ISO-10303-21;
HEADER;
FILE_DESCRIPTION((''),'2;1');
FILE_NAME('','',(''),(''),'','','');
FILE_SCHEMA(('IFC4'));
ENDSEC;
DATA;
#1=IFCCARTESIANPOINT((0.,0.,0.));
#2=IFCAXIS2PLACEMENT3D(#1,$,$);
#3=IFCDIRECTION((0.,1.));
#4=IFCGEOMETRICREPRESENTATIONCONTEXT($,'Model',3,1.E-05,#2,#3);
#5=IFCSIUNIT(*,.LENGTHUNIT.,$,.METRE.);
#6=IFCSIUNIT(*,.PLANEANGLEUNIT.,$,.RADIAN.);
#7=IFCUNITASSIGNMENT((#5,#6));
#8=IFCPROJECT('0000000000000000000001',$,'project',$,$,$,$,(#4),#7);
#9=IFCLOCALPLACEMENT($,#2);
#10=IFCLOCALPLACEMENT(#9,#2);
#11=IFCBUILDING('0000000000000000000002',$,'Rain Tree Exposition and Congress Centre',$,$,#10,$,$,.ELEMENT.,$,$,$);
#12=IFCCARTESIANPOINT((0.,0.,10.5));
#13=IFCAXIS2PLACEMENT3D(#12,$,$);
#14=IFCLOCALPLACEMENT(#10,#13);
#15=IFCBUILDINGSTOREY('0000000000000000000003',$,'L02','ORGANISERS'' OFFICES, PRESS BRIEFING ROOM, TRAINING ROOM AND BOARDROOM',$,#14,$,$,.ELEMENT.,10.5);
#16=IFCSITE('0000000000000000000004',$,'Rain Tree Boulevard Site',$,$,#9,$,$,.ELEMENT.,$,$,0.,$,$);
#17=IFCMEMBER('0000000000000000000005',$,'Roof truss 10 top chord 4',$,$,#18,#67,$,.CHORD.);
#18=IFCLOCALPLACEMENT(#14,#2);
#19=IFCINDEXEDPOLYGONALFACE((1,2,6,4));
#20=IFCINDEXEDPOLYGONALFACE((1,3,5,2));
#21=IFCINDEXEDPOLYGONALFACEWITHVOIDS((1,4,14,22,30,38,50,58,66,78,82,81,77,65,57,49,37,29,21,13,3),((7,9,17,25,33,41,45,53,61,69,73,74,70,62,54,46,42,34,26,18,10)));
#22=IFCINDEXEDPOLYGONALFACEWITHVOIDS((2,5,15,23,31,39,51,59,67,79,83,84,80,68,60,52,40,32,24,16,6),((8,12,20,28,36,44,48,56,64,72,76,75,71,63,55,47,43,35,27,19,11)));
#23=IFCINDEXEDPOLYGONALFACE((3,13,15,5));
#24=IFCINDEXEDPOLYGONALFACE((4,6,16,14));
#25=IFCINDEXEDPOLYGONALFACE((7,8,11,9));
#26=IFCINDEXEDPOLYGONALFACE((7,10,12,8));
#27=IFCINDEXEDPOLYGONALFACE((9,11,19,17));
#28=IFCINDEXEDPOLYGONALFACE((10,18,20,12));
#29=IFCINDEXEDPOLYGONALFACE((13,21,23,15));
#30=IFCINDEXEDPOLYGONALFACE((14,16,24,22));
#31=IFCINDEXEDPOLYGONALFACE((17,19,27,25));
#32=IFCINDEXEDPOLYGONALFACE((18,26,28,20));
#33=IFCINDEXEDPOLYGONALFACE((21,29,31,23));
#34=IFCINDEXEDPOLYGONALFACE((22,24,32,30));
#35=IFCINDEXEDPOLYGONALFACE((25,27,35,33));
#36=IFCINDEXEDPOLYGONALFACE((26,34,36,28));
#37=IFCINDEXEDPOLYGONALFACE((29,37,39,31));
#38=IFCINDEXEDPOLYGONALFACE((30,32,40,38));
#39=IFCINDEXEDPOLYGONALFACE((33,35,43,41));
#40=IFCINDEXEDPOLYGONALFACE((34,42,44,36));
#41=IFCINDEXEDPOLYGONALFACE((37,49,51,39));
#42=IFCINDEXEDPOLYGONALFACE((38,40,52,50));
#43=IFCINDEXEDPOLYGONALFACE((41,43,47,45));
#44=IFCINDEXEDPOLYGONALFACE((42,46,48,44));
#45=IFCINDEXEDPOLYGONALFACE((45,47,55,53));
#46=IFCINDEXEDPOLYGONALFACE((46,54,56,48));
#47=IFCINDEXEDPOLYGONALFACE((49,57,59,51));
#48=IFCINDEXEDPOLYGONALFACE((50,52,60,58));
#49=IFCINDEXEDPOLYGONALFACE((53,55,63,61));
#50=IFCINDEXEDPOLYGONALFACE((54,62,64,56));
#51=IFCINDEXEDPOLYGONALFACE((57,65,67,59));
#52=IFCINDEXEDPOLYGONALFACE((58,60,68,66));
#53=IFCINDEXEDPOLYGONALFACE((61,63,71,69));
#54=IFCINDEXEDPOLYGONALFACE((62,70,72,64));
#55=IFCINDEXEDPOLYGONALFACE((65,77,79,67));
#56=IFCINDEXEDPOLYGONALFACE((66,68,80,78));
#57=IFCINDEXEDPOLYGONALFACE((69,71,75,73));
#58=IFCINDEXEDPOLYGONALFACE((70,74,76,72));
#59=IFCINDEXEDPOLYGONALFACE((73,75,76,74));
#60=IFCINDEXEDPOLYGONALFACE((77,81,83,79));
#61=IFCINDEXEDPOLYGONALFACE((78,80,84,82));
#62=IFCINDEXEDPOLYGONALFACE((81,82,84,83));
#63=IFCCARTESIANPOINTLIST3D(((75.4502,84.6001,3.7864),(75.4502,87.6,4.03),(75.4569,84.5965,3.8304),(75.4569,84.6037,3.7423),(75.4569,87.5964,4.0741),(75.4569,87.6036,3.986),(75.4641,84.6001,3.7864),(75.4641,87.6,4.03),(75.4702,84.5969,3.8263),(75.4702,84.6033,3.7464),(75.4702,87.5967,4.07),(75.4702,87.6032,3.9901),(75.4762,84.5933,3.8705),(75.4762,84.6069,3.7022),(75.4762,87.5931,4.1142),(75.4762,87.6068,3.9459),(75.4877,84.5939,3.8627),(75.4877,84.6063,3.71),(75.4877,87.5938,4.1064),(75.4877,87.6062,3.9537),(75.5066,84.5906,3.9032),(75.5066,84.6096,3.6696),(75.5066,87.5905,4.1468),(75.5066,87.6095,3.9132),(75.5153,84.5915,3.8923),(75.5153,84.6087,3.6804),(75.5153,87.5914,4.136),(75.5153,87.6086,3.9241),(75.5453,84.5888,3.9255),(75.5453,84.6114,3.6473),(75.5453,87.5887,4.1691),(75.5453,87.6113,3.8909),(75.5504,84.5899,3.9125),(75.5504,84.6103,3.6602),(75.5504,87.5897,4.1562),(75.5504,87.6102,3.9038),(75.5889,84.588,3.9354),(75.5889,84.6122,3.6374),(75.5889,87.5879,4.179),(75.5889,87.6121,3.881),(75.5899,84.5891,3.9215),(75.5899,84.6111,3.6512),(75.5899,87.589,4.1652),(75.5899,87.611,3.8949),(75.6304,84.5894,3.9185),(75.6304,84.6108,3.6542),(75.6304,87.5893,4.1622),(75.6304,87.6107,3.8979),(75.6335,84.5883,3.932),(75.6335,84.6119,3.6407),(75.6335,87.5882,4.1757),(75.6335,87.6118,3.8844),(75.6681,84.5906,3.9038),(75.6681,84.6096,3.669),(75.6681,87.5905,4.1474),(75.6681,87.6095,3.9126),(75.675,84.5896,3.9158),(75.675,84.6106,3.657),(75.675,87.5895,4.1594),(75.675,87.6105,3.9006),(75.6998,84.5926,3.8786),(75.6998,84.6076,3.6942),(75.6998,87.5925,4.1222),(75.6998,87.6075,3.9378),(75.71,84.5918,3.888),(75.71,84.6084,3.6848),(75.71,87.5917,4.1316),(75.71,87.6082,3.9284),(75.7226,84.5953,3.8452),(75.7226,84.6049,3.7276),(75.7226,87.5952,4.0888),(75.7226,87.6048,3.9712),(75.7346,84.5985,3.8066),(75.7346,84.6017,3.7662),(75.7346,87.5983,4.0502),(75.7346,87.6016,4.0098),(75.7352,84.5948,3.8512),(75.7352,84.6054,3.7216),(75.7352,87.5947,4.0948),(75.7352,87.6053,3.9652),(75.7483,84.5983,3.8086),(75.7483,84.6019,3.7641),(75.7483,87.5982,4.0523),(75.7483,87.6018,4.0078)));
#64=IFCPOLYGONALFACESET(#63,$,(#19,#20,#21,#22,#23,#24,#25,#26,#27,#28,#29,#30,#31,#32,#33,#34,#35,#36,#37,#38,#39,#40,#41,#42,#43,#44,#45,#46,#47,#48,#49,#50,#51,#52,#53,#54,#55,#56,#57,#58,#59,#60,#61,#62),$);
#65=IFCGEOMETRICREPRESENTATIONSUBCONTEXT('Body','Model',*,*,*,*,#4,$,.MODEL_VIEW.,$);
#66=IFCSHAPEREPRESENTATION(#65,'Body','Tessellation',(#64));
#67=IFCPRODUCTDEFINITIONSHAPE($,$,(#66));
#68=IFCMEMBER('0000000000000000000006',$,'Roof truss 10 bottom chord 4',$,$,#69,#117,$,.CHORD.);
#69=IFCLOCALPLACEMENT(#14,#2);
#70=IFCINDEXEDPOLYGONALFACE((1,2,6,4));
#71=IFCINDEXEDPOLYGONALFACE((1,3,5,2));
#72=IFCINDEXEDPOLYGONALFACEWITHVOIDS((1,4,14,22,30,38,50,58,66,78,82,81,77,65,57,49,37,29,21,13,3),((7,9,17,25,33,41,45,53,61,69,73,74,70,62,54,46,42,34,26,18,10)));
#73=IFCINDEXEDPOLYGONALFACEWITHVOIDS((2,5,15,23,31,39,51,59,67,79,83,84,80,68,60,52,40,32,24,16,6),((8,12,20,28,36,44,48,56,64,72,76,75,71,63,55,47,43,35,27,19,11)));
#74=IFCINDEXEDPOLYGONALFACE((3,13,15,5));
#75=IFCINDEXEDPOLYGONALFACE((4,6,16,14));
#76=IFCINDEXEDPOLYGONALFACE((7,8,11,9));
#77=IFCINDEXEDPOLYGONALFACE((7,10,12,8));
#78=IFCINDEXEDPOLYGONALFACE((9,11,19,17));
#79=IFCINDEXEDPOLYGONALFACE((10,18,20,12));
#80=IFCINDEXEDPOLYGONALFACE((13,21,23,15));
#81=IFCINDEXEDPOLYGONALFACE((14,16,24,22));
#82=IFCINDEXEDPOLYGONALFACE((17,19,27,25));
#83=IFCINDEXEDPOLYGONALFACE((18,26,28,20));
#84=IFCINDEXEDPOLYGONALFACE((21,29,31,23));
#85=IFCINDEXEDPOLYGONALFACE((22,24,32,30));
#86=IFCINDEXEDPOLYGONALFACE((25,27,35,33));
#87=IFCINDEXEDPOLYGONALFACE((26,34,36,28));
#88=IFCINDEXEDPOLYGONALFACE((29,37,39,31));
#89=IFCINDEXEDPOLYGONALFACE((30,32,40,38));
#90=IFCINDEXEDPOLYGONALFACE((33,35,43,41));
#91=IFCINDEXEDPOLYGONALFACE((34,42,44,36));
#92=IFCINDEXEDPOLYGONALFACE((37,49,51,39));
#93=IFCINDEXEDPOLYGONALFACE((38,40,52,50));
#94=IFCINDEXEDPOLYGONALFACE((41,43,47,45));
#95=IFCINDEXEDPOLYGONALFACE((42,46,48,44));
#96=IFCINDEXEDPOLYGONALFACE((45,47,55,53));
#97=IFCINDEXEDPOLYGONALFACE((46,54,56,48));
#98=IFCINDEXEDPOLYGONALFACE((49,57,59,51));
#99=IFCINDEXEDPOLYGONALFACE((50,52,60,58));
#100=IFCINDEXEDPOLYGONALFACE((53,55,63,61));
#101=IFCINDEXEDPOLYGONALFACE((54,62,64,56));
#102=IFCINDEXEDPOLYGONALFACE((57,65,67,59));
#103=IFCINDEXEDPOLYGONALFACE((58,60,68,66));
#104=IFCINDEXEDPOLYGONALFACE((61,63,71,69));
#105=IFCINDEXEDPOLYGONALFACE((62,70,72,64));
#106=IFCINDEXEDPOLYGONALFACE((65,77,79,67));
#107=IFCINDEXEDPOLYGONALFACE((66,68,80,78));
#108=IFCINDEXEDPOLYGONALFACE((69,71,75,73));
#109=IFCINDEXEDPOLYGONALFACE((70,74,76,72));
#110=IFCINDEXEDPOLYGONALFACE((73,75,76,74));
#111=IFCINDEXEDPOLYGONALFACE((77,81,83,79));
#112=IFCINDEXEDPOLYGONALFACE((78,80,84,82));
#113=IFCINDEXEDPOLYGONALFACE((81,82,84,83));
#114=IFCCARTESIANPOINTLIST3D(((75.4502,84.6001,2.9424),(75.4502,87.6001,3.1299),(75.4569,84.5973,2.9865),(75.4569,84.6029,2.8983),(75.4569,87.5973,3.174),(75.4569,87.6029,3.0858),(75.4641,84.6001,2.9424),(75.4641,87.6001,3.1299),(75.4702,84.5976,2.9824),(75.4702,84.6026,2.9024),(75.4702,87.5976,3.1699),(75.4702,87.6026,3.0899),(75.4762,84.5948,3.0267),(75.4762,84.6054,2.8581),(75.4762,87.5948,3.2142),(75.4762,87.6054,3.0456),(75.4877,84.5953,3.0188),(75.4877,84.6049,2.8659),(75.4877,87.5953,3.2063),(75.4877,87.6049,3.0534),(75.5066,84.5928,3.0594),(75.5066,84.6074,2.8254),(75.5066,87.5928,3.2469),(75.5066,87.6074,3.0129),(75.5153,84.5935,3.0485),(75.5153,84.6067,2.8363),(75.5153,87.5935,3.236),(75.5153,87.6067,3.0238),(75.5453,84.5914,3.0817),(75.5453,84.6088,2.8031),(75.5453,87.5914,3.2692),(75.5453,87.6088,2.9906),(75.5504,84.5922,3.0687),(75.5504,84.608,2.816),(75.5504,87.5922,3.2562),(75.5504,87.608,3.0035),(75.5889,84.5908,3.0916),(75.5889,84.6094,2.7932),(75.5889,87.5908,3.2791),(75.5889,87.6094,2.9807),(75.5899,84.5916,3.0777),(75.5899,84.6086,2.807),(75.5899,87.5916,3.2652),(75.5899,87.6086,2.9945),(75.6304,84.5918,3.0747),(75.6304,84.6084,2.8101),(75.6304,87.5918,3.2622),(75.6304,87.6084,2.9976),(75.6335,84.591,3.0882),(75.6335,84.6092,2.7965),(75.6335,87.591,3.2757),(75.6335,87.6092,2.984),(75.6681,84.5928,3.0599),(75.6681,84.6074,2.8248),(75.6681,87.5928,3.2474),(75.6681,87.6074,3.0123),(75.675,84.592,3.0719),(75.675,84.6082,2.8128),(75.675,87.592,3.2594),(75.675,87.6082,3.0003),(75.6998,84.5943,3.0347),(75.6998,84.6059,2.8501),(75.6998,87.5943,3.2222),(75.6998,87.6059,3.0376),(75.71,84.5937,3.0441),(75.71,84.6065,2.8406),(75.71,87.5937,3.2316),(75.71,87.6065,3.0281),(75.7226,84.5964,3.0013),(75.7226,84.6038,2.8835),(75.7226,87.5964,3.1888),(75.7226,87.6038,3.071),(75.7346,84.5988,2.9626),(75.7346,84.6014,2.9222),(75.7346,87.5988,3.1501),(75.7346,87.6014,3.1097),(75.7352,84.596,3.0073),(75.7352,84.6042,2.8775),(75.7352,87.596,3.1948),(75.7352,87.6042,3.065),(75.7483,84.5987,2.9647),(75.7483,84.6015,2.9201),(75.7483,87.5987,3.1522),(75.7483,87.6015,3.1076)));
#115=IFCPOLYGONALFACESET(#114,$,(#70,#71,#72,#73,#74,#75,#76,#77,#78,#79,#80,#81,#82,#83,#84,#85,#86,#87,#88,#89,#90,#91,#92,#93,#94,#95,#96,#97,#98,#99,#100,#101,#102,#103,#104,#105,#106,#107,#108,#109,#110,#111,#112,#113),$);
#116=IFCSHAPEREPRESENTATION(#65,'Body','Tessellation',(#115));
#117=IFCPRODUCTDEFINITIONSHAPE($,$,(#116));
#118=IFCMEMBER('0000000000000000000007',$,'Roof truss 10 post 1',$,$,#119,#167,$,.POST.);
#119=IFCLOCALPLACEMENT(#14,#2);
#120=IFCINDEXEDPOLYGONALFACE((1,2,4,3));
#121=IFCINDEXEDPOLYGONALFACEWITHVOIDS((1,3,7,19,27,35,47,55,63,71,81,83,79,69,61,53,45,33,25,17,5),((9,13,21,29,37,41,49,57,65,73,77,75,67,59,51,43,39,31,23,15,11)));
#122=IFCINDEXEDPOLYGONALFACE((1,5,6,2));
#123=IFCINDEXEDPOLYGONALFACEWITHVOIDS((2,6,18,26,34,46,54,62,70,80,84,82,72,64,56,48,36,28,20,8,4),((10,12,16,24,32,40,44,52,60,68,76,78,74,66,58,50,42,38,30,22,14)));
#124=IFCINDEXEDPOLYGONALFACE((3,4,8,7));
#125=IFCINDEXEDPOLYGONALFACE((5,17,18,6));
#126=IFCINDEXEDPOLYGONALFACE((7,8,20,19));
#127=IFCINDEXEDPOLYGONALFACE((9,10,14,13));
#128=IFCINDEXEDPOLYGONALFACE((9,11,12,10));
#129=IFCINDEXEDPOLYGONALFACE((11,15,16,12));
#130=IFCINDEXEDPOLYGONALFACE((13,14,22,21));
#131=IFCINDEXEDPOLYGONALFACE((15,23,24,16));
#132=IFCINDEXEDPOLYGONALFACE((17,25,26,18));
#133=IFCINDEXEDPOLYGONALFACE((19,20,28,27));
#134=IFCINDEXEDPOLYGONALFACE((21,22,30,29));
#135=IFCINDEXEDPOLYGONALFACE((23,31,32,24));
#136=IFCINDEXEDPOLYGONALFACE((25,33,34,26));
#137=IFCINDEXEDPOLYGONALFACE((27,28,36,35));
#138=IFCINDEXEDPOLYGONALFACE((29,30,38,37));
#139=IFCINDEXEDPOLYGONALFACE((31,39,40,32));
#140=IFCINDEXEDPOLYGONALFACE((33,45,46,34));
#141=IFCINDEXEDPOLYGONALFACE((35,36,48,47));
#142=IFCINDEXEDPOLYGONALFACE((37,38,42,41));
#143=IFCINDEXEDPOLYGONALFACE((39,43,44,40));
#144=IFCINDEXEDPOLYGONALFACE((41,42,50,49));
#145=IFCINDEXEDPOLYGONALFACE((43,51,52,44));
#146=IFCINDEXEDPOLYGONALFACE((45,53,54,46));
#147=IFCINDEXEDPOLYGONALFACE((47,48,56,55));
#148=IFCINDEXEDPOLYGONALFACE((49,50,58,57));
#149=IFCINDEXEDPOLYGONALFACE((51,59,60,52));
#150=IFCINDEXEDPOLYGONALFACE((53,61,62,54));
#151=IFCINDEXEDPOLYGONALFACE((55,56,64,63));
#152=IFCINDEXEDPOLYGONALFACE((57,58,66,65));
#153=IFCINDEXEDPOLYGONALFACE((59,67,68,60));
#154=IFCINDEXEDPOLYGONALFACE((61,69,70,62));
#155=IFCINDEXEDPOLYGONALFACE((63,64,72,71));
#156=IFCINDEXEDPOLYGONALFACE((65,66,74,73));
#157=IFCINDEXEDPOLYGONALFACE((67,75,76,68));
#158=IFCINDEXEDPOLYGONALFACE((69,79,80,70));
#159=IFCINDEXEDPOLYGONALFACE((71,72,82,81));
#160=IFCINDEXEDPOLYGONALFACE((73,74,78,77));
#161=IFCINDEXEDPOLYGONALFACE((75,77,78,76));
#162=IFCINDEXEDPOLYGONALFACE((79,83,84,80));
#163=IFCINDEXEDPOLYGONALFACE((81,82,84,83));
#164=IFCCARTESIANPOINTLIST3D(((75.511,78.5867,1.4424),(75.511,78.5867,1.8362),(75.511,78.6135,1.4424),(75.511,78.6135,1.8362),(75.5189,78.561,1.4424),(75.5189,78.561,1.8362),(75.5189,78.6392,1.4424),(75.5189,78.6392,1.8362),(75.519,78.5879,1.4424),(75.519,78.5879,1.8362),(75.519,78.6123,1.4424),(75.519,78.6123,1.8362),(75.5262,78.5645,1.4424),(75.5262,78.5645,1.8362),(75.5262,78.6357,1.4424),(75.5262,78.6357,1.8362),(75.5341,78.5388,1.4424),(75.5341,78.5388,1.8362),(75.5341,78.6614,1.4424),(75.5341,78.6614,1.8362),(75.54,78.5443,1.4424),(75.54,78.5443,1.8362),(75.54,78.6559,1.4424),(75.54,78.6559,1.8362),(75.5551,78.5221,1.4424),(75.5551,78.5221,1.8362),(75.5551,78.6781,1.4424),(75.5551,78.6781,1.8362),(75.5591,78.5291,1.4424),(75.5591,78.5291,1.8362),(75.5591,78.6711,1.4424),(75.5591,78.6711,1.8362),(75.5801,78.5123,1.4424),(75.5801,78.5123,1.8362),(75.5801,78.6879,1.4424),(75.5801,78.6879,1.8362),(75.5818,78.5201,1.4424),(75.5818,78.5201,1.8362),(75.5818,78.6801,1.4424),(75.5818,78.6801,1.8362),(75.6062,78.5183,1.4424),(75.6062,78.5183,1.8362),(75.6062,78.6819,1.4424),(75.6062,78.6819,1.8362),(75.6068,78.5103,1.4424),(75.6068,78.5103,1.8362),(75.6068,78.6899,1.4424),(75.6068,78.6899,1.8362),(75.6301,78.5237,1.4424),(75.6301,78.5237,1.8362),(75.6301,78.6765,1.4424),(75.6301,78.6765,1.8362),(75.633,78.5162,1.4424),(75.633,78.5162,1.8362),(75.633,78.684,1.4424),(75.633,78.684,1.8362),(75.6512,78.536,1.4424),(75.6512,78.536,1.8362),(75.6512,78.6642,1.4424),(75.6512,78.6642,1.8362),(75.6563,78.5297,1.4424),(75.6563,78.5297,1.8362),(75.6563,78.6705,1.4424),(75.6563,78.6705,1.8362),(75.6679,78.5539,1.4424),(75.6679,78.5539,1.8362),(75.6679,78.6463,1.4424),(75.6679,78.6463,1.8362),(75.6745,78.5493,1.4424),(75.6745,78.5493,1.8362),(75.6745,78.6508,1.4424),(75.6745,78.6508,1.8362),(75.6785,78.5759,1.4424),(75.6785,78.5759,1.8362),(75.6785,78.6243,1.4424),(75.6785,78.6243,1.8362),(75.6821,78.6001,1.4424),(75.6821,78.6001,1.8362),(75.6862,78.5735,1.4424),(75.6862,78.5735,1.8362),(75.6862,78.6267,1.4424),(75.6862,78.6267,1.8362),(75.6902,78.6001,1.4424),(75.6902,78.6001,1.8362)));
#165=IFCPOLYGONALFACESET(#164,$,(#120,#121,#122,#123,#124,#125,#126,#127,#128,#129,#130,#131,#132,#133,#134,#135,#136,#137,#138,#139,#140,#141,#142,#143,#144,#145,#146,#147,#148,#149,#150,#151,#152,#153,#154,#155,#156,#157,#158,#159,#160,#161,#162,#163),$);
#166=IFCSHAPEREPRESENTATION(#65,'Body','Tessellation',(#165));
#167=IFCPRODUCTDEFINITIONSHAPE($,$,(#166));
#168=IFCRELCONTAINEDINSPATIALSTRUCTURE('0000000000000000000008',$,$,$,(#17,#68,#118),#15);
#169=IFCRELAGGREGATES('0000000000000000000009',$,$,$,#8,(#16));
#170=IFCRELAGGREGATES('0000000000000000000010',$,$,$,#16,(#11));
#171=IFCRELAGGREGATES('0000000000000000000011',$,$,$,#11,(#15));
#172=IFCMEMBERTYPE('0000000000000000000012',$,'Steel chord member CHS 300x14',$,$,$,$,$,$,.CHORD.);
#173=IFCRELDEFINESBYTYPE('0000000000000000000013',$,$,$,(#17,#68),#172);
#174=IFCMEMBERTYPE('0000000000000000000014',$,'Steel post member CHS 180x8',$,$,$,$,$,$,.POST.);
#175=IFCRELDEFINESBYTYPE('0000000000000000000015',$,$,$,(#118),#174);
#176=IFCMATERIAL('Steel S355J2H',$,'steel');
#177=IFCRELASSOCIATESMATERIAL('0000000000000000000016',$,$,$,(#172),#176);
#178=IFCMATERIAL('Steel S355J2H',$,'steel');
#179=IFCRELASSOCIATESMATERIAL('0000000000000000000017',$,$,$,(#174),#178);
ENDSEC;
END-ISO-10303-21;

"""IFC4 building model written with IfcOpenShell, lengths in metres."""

from ifc_helpers import new_model, si_unit, direction, frame, origin, origin_2d, place, context, subcontext, project, spatial, hollow_circle, extrude, material, material_profile, profile_set, type_object, element, save


model = new_model("IFC4")

# Units and contexts
model_context = context("Model", 3, precision=1e-05, world=origin(), true_north=direction((0.0, 1.0)))
body_context = subcontext(model_context, "Body", "Model", "MODEL_VIEW")
ifc_project = project(units=[si_unit("LENGTHUNIT", "METRE"), si_unit("PLANEANGLEUNIT", "RADIAN")], contexts=[model_context])

# Site, building, storey
site_placement = place(None, origin())
site = spatial("IfcSite", under=ifc_project, at=site_placement, Name="Rain Tree Boulevard Site", CompositionType="ELEMENT", RefElevation=0.0)
building_placement = place(site_placement, origin())
building = spatial("IfcBuilding", under=site, at=building_placement, Name="Rain Tree Exposition and Congress Centre", CompositionType="ELEMENT")
storey_placement = place(building_placement, frame((0.0, 0.0, 10.5)))
storey = spatial("IfcBuildingStorey", under=building, at=storey_placement, Name="L02", Description="ORGANISERS' OFFICES, PRESS BRIEFING ROOM, TRAINING ROOM AND BOARDROOM", CompositionType="ELEMENT", Elevation=10.5)

# Members
ifc_material_1 = material(Name="Steel S355J2H", Category="steel")
ifc_material_profile_1 = material_profile(ifc_material_1, hollow_circle(Radius=0.1499, WallThickness=0.0139, at=origin_2d()), Name="CHS 300x14")
ifc_profile_set_1 = profile_set([ifc_material_profile_1], Name="Steel S355J2H")
member_type_1 = type_object("IfcMemberType", Name="Steel chord member CHS 300x14", PredefinedType="CHORD", material=ifc_profile_set_1)
member_1_placement = place(storey_placement, frame((75.6001, 84.6001, 3.7864), z_axis=(0.0, 0.996718, 0.080951), x_axis=(-1.0, 0.0, 0.0)))
element("IfcMember", 1, at=member_1_placement, inside=storey, type_object=member_type_1, Name="Roof truss 10 top chord 4", PredefinedType="CHORD", context=body_context, shape_type="SweptSolid", body=[
    extrude(hollow_circle(Radius=0.1499, WallThickness=0.0139, at=origin_2d()), origin(), (0.0, 0.0, 1.0), 3.0098),
])
member_2_placement = place(storey_placement, frame((75.6001, 84.6001, 2.9424), z_axis=(0.0, 0.998053, 0.062378), x_axis=(-1.0, 0.0, 0.0)))
element("IfcMember", 2, at=member_2_placement, inside=storey, type_object=member_type_1, Name="Roof truss 10 bottom chord 4", PredefinedType="CHORD", context=body_context, shape_type="SweptSolid", body=[
    extrude(hollow_circle(Radius=0.1499, WallThickness=0.0139, at=origin_2d()), origin(), (0.0, 0.0, 1.0), 3.0059),
])
ifc_material_2 = material(Name="Steel S355J2H", Category="steel")
ifc_material_profile_2 = material_profile(ifc_material_2, hollow_circle(Radius=0.0901, WallThickness=0.0081, at=origin_2d()), Name="CHS 180x8")
ifc_profile_set_2 = profile_set([ifc_material_profile_2], Name="Steel S355J2H")
member_type_2 = type_object("IfcMemberType", Name="Steel post member CHS 180x8", PredefinedType="POST", material=ifc_profile_set_2)
member_3_placement = place(storey_placement, frame((75.6001, 78.6001, 1.4424), z_axis=(0.0, 0.0, 1.0), x_axis=(1.0, 0.0, 0.0)))
element("IfcMember", 3, at=member_3_placement, inside=storey, type_object=member_type_2, Name="Roof truss 10 post 1", PredefinedType="POST", context=body_context, shape_type="SweptSolid", body=[
    extrude(hollow_circle(Radius=0.0901, WallThickness=0.0081, at=origin_2d()), origin(), (0.0, 0.0, 1.0), 0.3938),
])

save(model, "model.ifc")
